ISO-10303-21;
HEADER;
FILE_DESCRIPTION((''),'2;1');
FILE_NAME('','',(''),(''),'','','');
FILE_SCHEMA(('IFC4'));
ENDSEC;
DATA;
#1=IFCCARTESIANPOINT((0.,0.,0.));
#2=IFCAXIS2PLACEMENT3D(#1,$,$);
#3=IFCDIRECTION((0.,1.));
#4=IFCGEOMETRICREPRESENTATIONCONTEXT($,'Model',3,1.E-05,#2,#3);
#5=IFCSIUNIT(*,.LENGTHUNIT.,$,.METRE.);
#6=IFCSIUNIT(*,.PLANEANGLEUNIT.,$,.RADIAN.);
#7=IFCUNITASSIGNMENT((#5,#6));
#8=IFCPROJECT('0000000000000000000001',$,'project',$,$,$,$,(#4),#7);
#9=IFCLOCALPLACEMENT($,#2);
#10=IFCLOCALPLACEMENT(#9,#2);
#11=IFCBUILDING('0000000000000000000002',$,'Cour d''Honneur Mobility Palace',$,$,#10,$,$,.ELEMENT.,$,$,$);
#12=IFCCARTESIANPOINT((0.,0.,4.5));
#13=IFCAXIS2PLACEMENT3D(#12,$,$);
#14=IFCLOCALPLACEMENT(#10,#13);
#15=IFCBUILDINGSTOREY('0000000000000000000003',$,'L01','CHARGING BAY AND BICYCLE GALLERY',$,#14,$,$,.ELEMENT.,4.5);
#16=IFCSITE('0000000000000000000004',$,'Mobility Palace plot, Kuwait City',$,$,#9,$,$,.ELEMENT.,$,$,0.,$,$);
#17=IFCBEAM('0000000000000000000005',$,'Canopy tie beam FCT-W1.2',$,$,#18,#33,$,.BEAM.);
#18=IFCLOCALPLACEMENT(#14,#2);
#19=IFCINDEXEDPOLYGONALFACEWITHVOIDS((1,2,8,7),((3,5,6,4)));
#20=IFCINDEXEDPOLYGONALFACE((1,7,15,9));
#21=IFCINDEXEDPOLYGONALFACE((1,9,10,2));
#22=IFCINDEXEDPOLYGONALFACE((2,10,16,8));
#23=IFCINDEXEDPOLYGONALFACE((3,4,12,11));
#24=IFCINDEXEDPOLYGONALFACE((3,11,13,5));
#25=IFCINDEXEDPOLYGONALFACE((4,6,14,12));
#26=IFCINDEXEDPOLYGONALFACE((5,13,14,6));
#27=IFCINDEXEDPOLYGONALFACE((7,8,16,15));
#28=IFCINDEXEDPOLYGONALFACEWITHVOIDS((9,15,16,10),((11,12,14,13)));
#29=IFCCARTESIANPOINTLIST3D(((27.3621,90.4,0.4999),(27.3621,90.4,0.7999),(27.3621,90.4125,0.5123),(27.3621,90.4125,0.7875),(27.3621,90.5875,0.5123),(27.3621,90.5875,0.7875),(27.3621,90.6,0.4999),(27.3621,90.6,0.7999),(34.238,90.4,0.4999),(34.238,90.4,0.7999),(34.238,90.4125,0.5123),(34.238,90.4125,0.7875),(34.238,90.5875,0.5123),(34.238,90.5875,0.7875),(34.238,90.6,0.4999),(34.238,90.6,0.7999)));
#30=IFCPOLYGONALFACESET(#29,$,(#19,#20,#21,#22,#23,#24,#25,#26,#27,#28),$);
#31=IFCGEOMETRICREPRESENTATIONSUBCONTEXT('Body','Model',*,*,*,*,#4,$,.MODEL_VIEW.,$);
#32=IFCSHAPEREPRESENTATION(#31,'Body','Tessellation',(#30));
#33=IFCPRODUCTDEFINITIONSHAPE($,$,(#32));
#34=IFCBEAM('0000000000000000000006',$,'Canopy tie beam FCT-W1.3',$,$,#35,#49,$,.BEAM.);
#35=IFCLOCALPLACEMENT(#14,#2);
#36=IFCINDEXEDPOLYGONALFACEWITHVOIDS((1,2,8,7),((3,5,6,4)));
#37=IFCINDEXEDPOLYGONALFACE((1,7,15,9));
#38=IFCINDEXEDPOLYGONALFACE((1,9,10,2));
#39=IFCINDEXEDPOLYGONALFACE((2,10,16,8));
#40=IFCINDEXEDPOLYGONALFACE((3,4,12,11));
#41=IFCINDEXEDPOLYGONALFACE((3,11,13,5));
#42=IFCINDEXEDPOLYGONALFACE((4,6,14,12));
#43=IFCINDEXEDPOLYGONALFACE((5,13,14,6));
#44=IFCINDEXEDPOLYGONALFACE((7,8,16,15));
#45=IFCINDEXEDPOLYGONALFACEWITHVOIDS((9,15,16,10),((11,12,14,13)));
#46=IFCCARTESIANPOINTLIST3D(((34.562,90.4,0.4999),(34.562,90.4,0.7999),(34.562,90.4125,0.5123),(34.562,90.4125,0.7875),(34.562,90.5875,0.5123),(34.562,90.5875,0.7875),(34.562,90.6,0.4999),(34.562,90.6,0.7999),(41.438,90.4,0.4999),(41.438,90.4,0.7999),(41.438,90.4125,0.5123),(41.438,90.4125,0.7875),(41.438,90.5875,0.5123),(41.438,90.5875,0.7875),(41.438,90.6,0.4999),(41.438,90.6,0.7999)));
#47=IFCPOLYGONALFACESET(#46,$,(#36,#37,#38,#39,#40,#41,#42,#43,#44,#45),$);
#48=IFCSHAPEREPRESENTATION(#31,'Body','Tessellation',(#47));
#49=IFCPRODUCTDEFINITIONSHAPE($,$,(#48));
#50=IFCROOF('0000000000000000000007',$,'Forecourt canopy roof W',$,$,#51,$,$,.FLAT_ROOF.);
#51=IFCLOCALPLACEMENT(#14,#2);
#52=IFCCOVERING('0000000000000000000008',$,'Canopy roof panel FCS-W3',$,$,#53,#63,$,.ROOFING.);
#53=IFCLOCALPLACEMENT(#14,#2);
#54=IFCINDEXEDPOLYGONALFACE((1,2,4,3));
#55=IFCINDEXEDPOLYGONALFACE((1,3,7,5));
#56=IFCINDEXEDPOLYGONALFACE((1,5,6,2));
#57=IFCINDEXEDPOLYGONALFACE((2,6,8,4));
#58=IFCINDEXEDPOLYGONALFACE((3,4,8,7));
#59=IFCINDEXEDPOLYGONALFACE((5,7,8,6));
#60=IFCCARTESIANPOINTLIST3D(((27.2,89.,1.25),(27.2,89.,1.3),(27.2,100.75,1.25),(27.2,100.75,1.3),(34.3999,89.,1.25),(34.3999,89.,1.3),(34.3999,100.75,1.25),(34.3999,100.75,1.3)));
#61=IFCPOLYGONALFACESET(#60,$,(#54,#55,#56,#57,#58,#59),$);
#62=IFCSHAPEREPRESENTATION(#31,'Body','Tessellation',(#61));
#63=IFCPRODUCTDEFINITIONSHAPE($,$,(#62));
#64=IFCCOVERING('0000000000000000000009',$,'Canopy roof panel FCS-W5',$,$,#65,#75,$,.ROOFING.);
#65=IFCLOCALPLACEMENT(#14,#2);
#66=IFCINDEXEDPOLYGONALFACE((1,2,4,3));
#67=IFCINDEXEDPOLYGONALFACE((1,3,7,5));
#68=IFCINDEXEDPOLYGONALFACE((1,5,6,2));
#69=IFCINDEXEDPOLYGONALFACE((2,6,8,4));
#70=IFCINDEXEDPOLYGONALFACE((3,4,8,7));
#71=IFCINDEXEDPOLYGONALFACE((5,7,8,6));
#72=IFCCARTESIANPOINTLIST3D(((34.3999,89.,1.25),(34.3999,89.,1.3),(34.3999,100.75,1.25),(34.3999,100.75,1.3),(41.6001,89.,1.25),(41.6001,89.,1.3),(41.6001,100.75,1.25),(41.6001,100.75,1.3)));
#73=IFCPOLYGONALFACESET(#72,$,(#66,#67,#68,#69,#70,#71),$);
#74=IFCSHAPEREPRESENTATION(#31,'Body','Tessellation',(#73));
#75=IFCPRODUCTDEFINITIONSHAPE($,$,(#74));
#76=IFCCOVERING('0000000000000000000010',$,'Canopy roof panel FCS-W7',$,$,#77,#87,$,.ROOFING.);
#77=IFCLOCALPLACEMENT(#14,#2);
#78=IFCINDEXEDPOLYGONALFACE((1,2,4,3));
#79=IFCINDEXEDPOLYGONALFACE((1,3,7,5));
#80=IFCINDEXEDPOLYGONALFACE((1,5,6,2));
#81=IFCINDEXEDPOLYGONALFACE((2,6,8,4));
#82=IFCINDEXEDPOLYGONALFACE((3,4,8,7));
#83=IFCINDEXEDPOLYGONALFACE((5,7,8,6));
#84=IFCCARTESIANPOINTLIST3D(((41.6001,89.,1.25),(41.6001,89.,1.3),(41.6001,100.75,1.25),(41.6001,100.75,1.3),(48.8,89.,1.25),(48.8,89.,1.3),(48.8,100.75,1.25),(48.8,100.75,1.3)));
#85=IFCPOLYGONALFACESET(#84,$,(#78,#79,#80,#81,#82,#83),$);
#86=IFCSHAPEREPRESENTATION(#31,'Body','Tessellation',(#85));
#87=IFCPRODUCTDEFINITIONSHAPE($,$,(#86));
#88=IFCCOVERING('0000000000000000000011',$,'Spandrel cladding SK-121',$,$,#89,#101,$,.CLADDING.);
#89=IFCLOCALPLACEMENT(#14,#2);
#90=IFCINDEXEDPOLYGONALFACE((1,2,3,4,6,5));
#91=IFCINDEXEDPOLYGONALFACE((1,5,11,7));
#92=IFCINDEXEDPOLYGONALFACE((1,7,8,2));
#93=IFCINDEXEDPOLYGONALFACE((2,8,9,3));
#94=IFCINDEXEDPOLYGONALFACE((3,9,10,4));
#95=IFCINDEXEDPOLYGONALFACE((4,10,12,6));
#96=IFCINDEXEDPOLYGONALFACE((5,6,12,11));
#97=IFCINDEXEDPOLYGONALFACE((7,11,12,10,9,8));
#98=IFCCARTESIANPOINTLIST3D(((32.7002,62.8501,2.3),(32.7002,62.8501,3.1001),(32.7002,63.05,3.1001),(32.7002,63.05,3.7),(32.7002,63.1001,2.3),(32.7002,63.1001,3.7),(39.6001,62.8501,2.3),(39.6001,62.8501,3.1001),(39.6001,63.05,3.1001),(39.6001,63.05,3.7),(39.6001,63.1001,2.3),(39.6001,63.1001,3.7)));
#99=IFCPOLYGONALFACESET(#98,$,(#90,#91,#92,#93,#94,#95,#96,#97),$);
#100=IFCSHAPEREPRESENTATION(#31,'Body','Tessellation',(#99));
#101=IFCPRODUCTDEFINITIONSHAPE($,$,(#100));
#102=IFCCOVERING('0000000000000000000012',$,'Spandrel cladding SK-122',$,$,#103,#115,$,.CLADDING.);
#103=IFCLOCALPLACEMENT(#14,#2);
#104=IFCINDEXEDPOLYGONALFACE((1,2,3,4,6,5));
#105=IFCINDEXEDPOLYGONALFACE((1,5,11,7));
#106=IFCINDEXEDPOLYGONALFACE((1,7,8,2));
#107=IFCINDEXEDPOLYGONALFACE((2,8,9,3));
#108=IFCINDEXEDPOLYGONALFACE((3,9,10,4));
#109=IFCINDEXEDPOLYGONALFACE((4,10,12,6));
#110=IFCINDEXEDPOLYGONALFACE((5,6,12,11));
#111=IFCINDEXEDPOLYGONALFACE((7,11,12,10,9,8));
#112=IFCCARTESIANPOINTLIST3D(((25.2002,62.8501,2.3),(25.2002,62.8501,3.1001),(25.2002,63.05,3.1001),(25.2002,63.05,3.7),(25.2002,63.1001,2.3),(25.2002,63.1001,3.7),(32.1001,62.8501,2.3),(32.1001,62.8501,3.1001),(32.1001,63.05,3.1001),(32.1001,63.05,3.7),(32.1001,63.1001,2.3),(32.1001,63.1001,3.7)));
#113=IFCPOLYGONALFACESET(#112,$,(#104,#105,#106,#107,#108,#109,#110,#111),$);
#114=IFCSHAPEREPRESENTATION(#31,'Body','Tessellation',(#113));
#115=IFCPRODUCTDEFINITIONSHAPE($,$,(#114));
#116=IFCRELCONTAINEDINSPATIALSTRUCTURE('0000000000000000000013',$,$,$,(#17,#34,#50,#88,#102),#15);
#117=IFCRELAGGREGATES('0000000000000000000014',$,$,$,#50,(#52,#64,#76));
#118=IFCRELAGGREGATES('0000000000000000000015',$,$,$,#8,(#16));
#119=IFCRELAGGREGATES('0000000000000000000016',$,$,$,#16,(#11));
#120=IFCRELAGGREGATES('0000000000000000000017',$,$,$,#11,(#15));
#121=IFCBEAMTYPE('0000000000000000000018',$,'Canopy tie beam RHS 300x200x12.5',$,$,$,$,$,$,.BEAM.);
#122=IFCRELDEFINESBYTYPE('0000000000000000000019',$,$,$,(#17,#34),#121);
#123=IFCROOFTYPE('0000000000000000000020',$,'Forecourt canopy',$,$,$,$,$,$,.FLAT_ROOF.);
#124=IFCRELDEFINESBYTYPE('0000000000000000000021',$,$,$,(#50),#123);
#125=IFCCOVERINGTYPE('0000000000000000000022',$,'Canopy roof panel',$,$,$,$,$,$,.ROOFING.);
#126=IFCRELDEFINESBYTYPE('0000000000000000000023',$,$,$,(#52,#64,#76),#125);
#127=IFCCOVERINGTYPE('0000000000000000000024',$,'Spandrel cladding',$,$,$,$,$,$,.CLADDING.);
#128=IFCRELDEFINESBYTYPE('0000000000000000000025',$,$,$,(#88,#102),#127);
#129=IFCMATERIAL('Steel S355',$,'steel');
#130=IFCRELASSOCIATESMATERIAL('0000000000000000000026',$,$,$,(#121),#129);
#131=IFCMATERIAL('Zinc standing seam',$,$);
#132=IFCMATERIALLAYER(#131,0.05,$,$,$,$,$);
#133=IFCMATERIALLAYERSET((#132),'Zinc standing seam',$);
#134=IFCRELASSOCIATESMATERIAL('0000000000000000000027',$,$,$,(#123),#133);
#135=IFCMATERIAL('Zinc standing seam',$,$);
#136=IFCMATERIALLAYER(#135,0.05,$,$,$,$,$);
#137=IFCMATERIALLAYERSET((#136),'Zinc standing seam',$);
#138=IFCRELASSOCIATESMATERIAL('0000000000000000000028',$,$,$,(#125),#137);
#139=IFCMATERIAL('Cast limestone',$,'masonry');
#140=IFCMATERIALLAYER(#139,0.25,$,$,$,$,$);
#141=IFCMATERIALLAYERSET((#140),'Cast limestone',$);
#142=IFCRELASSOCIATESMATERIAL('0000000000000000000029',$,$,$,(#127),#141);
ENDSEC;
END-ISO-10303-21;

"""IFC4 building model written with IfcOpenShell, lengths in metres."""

from ifc_helpers import new_model, si_unit, direction, frame, origin, origin_2d, place, context, subcontext, project, spatial, polyline, hollow_rectangle, outline, extrude, material, layer, layer_set, material_profile, profile_set, type_object, element, aggregate, save


model = new_model("IFC4")

# Units and contexts
model_context = context("Model", 3, precision=1e-05, world=origin(), true_north=direction((0.0, 1.0)))
body_context = subcontext(model_context, "Body", "Model", "MODEL_VIEW")
ifc_project = project(units=[si_unit("LENGTHUNIT", "METRE"), si_unit("PLANEANGLEUNIT", "RADIAN")], contexts=[model_context])

# Site, building, storey
site_placement = place(None, origin())
site = spatial("IfcSite", under=ifc_project, at=site_placement, Name="Mobility Palace plot, Kuwait City", CompositionType="ELEMENT", RefElevation=0.0)
building_placement = place(site_placement, origin())
building = spatial("IfcBuilding", under=site, at=building_placement, Name="Cour d'Honneur Mobility Palace", CompositionType="ELEMENT")
storey_placement = place(building_placement, frame((0.0, 0.0, 4.5)))
storey = spatial("IfcBuildingStorey", under=building, at=storey_placement, Name="L01", Description="CHARGING BAY AND BICYCLE GALLERY", CompositionType="ELEMENT", Elevation=4.5)

# Beams
ifc_material_1 = material(Name="Steel S355", Category="steel")
ifc_material_profile_1 = material_profile(ifc_material_1, hollow_rectangle(XDim=0.2, YDim=0.3, WallThickness=0.0125, at=origin_2d()), Name="RHS 300x200x12.5")
ifc_profile_set_1 = profile_set([ifc_material_profile_1], Name="Steel S355")
beam_type_1 = type_object("IfcBeamType", Name="Canopy tie beam RHS 300x200x12.5", PredefinedType="BEAM", material=ifc_profile_set_1)
for number, where, z_axis, x_axis, name in (
    (1, (27.3621, 90.5, 0.6499), (1.0, 0.0, 0.0), (0.0, 1.0, 0.0), "Canopy tie beam FCT-W1.2"),
    (2, (34.562, 90.5, 0.6499), (1.0, 0.0, 0.0), (0.0, 1.0, 0.0), "Canopy tie beam FCT-W1.3"),
):
    element("IfcBeam", number, at=place(storey_placement, frame(where, z_axis=z_axis, x_axis=x_axis)), inside=storey, type_object=beam_type_1, Name=name, PredefinedType="BEAM", context=body_context, shape_type="SweptSolid", body=[
        extrude(hollow_rectangle(XDim=0.2, YDim=0.3, WallThickness=0.0125, at=origin_2d()), origin(), (0.0, 0.0, 1.0), 6.876),
    ])

# Roof, coverings
ifc_material_2 = material(Name="Zinc standing seam")
ifc_layer_1 = layer(ifc_material_2, 0.05)
ifc_layer_set_1 = layer_set([ifc_layer_1], Name="Zinc standing seam")
roof_type = type_object("IfcRoofType", Name="Forecourt canopy", PredefinedType="FLAT_ROOF", material=ifc_layer_set_1)
roof_placement = place(storey_placement, origin())
roof = element("IfcRoof", 3, at=roof_placement, inside=storey, type_object=roof_type, Name="Forecourt canopy roof W", PredefinedType="FLAT_ROOF")
ifc_material_3 = material(Name="Zinc standing seam")
ifc_layer_2 = layer(ifc_material_3, 0.05)
ifc_layer_set_2 = layer_set([ifc_layer_2], Name="Zinc standing seam")
covering_type_1 = type_object("IfcCoveringType", Name="Canopy roof panel", PredefinedType="ROOFING", material=ifc_layer_set_2)
covering_1_placement = place(storey_placement, frame((27.2, 89.0, 1.3), z_axis=(0.0, 0.0, 1.0), x_axis=(1.0, 0.0, 0.0)))
covering_1 = element("IfcCovering", 4, at=covering_1_placement, type_object=covering_type_1, Name="Canopy roof panel FCS-W3", PredefinedType="ROOFING", context=body_context, shape_type="SweptSolid", body=[
    extrude(outline(polyline([(0.0, 0.0), (7.2, 0.0), (7.2, 11.75), (0.0, 11.75), (0.0, 0.0)])), origin(), (0.0, 0.0, -1.0), 0.05),
])
covering_2_placement = place(storey_placement, frame((34.3999, 89.0, 1.3), z_axis=(0.0, 0.0, 1.0), x_axis=(1.0, 0.0, 0.0)))
covering_2 = element("IfcCovering", 5, at=covering_2_placement, type_object=covering_type_1, Name="Canopy roof panel FCS-W5", PredefinedType="ROOFING", context=body_context, shape_type="SweptSolid", body=[
    extrude(outline(polyline([(0.0, 0.0), (7.2002, 0.0), (7.2002, 11.75), (0.0, 11.75), (0.0, 0.0)])), origin(), (0.0, 0.0, -1.0), 0.05),
])
covering_3_placement = place(storey_placement, frame((41.6001, 89.0, 1.3), z_axis=(0.0, 0.0, 1.0), x_axis=(1.0, 0.0, 0.0)))
covering_3 = element("IfcCovering", 6, at=covering_3_placement, type_object=covering_type_1, Name="Canopy roof panel FCS-W7", PredefinedType="ROOFING", context=body_context, shape_type="SweptSolid", body=[
    extrude(outline(polyline([(0.0, 0.0), (7.2, 0.0), (7.2, 11.75), (0.0, 11.75), (0.0, 0.0)])), origin(), (0.0, 0.0, -1.0), 0.05),
])
aggregate(roof, [covering_1, covering_2, covering_3])

# Coverings
ifc_material_4 = material(Name="Cast limestone", Category="masonry")
ifc_layer_3 = layer(ifc_material_4, 0.25)
ifc_layer_set_3 = layer_set([ifc_layer_3], Name="Cast limestone")
covering_type_2 = type_object("IfcCoveringType", Name="Spandrel cladding", PredefinedType="CLADDING", material=ifc_layer_set_3)
for number, where, z_axis, x_axis, name in (
    (7, (39.6001, 62.8501, 2.3), (1.0, 0.0, 0.0), (0.0, 1.0, 0.0), "Spandrel cladding SK-121"),
    (8, (32.1001, 62.8501, 2.3), (1.0, 0.0, 0.0), (0.0, 1.0, 0.0), "Spandrel cladding SK-122"),
):
    element("IfcCovering", number, at=place(storey_placement, frame(where, z_axis=z_axis, x_axis=x_axis)), inside=storey, type_object=covering_type_2, Name=name, PredefinedType="CLADDING", context=body_context, shape_type="SweptSolid", body=[
        extrude(outline(polyline([(0.0, 0.0), (0.25, 0.0), (0.25, 1.3999), (0.2, 1.3999), (0.2, 0.8), (0.0, 0.8), (0.0, 0.0)])), origin(), (0.0, 0.0, -1.0), 6.8999),
    ])

save(model, "model.ifc")
